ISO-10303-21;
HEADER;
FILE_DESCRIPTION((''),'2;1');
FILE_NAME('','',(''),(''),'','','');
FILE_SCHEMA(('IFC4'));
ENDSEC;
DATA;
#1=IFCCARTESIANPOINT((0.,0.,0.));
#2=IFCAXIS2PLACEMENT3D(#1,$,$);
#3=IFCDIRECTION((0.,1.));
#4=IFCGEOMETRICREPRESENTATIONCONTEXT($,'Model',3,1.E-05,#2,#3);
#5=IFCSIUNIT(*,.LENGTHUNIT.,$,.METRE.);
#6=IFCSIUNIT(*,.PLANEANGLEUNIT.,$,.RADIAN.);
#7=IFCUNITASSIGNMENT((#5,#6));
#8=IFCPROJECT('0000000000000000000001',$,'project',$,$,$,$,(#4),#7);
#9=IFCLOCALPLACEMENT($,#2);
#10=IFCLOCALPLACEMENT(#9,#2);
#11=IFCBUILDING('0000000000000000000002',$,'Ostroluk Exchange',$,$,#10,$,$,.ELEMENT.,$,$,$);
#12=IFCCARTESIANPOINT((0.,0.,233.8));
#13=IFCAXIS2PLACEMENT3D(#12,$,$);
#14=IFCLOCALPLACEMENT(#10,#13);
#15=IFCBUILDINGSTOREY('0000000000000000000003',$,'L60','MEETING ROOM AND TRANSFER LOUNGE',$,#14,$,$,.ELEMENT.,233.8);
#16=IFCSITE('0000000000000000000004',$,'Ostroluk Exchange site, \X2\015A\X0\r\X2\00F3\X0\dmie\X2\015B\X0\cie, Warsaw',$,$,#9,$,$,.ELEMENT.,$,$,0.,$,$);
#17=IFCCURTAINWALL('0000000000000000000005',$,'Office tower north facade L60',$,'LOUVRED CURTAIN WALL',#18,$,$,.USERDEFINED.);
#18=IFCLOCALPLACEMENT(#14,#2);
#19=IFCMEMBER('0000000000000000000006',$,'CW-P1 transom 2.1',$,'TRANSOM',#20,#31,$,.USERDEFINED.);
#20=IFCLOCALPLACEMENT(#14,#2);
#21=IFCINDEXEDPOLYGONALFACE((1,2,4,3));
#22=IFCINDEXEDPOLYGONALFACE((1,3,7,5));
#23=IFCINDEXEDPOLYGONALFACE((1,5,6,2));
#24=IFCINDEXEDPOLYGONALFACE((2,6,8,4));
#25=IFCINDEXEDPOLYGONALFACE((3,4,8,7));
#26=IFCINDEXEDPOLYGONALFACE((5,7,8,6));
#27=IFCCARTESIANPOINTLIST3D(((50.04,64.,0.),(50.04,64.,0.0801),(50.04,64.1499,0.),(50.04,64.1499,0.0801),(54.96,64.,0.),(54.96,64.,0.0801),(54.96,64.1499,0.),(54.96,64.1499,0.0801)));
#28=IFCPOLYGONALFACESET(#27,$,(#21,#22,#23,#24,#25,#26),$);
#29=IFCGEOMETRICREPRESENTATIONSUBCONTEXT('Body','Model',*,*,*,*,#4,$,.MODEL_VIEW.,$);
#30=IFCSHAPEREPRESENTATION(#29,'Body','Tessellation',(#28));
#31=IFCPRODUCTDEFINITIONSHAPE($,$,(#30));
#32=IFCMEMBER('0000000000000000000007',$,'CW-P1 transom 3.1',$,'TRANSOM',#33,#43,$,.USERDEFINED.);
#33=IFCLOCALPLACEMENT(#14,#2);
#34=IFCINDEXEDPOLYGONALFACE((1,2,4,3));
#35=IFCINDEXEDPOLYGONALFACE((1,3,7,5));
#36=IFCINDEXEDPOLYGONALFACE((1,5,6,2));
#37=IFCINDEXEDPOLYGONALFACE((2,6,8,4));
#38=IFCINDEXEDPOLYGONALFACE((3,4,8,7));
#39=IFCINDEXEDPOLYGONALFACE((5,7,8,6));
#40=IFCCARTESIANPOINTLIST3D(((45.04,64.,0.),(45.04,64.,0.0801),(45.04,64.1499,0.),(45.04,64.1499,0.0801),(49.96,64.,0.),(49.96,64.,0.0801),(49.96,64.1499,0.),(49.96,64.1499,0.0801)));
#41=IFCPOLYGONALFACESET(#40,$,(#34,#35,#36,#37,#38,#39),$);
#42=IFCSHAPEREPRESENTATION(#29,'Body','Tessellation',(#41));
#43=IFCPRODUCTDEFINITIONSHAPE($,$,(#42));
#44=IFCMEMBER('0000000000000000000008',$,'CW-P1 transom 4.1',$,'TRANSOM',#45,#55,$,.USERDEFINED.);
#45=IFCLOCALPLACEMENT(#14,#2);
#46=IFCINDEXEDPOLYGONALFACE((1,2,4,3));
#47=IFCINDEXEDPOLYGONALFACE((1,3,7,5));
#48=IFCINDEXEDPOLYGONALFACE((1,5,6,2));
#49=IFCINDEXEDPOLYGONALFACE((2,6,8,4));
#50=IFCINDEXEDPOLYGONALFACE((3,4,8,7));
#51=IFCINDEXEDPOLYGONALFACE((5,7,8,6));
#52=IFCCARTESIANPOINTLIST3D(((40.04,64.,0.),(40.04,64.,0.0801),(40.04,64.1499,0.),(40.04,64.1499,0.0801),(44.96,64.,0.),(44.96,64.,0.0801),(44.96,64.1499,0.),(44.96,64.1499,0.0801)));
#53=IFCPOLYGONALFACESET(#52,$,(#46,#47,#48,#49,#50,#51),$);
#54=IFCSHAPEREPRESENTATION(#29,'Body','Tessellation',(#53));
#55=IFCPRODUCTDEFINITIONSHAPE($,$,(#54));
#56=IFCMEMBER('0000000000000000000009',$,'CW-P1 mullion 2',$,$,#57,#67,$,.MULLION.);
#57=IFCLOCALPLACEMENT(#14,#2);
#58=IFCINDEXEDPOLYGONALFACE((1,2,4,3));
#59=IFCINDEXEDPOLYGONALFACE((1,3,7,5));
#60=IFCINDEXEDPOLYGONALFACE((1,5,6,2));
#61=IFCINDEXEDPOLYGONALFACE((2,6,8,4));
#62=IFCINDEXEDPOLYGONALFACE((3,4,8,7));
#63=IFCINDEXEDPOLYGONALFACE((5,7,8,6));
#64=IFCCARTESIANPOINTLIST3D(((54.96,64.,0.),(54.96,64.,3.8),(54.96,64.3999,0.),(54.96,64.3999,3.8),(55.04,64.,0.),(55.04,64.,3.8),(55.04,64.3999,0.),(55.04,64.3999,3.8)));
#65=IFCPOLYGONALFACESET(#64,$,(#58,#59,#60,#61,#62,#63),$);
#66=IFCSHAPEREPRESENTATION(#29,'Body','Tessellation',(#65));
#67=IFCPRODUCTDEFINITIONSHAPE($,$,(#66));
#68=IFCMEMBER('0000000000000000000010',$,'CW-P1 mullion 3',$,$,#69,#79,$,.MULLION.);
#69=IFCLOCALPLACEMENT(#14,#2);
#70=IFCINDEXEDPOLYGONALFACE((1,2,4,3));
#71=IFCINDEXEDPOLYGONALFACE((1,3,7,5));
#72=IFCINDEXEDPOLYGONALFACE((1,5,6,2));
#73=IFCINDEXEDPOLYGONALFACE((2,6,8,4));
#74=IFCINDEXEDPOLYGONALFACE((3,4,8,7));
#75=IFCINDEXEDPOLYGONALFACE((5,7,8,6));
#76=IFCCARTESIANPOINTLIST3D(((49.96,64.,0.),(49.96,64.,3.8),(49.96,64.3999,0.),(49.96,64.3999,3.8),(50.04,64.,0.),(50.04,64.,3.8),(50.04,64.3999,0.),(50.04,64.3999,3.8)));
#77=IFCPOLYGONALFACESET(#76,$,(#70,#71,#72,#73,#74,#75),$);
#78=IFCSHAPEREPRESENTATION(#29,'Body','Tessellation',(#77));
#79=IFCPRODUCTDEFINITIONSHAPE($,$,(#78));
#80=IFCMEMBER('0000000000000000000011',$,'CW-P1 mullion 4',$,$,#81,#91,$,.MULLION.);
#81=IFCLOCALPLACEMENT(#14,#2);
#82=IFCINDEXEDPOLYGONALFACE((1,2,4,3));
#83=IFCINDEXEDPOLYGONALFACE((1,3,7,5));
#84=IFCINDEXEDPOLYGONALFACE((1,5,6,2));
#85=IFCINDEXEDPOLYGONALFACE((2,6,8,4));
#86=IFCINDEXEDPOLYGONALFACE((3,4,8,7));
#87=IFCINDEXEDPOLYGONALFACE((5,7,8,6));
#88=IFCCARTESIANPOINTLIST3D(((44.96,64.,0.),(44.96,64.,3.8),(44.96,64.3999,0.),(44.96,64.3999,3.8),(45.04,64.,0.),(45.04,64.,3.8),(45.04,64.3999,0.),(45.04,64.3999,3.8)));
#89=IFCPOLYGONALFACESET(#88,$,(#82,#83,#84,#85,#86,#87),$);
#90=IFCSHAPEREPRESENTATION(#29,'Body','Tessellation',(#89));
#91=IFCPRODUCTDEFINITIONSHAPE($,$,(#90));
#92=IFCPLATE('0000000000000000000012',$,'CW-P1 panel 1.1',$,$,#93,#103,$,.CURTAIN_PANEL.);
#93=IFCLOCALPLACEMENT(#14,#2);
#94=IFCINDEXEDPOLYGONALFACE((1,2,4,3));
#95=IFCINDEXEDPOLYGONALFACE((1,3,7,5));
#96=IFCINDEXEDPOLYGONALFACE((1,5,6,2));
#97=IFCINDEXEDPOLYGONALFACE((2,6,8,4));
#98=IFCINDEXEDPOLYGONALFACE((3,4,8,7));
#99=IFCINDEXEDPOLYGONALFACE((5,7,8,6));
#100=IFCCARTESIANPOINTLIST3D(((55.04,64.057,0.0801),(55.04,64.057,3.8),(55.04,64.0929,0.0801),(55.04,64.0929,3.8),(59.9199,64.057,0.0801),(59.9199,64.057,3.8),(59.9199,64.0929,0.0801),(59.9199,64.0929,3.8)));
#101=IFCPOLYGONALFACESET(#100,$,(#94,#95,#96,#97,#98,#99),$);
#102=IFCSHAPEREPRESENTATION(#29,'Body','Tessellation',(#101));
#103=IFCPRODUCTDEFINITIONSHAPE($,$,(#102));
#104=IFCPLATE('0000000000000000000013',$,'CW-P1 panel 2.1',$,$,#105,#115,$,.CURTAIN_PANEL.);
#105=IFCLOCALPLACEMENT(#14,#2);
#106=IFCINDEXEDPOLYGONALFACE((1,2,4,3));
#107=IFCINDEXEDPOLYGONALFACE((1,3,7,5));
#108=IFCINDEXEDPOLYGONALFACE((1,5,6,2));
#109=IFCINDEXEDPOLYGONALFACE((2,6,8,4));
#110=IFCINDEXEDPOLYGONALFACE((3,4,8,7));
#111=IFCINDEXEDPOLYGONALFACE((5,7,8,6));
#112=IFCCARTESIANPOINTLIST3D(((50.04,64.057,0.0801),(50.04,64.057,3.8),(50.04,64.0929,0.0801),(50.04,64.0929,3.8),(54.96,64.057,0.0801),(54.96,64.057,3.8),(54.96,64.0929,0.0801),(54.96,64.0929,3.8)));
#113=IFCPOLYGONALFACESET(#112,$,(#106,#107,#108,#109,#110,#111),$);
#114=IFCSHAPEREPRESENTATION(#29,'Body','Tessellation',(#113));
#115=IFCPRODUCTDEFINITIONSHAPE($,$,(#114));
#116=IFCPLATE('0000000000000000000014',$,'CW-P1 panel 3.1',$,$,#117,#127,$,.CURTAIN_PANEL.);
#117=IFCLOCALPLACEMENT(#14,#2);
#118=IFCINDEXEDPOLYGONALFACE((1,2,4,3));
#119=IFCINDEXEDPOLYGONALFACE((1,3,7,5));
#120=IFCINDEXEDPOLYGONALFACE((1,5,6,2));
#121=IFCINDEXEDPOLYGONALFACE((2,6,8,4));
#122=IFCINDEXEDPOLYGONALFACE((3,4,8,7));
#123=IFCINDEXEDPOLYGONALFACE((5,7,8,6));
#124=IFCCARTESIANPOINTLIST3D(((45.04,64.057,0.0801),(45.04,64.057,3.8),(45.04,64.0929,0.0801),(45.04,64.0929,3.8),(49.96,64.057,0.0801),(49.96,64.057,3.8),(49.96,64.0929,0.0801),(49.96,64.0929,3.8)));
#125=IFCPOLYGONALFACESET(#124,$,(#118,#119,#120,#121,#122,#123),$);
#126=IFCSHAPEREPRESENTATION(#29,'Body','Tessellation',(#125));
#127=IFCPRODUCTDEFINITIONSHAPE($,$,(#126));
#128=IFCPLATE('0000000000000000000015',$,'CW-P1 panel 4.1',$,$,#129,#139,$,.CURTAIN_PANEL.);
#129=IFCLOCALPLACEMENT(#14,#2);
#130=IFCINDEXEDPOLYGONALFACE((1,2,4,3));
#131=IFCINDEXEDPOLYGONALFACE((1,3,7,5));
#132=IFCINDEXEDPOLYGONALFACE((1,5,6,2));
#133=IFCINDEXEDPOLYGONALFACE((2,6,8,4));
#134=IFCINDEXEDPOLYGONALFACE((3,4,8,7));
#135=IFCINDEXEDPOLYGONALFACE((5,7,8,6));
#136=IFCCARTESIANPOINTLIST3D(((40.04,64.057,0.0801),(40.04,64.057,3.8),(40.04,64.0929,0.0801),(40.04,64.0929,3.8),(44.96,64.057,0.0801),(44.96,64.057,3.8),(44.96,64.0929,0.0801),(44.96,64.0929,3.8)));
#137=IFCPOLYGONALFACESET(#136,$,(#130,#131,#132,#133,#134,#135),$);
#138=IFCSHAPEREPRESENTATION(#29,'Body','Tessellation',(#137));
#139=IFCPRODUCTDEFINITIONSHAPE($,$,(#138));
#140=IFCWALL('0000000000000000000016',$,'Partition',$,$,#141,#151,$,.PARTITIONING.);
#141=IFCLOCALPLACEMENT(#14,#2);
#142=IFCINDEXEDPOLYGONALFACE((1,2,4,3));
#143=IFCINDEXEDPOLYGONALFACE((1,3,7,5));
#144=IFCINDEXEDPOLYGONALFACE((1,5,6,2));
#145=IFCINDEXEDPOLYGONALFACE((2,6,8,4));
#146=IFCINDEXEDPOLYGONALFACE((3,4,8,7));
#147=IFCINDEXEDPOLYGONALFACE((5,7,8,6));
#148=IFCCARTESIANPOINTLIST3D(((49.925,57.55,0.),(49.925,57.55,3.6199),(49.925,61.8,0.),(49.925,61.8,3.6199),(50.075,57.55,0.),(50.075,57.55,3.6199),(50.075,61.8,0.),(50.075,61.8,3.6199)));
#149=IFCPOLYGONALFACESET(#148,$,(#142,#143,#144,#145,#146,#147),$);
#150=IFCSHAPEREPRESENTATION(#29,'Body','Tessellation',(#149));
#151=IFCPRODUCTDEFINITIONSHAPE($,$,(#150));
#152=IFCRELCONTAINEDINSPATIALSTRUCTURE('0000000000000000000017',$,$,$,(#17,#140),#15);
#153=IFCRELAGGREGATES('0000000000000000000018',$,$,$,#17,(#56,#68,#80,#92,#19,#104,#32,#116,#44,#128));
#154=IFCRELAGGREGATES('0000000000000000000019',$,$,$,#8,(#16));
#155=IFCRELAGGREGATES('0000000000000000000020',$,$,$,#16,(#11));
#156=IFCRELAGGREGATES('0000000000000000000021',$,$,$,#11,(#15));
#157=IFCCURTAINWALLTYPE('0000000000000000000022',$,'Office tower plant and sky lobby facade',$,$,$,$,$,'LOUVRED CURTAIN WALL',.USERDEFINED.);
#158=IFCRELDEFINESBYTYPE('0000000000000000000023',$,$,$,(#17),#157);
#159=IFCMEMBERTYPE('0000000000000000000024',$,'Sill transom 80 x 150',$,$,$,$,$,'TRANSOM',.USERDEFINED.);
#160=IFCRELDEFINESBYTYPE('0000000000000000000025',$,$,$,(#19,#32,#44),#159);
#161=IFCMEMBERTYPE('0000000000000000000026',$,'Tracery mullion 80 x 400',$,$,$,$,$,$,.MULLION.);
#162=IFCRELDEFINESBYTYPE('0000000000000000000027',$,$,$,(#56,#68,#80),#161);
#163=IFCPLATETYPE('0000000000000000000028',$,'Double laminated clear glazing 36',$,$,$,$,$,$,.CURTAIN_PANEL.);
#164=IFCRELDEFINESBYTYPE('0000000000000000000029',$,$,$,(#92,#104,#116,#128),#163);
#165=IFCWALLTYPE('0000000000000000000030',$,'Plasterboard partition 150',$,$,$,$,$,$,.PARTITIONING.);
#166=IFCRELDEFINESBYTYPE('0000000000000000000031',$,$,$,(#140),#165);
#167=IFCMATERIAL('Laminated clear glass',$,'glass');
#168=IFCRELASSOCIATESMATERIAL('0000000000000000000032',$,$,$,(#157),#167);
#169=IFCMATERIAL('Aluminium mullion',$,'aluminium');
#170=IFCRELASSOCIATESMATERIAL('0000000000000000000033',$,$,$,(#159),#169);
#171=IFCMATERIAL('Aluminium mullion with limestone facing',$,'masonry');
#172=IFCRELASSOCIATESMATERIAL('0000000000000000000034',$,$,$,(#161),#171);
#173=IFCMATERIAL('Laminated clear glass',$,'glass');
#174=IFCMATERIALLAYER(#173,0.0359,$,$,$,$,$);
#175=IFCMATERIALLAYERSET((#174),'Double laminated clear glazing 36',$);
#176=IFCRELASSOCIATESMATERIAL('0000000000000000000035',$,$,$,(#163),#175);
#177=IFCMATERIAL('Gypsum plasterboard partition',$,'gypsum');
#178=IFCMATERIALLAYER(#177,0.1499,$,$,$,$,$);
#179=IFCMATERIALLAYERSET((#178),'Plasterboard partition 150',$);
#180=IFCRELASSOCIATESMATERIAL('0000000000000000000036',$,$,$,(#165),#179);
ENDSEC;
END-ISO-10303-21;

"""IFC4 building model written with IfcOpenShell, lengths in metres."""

from ifc_helpers import new_model, si_unit, direction, frame, frame_2d, origin, origin_2d, place, context, subcontext, project, spatial, rectangle, extrude, material, layer, layer_set, material_profile, profile_set, type_object, element, aggregate, save


model = new_model("IFC4")

# Units and contexts
model_context = context("Model", 3, precision=1e-05, world=origin(), true_north=direction((0.0, 1.0)))
body_context = subcontext(model_context, "Body", "Model", "MODEL_VIEW")
ifc_project = project(units=[si_unit("LENGTHUNIT", "METRE"), si_unit("PLANEANGLEUNIT", "RADIAN")], contexts=[model_context])

# Site, building, storey
site_placement = place(None, origin())
site = spatial("IfcSite", under=ifc_project, at=site_placement, Name="Ostroluk Exchange site, Śródmieście, Warsaw", CompositionType="ELEMENT", RefElevation=0.0)
building_placement = place(site_placement, origin())
building = spatial("IfcBuilding", under=site, at=building_placement, Name="Ostroluk Exchange", CompositionType="ELEMENT")
storey_placement = place(building_placement, frame((0.0, 0.0, 233.8)))
storey = spatial("IfcBuildingStorey", under=building, at=storey_placement, Name="L60", Description="MEETING ROOM AND TRANSFER LOUNGE", CompositionType="ELEMENT", Elevation=233.8)

# Curtain wall, members, plates
ifc_material_1 = material(Name="Laminated clear glass", Category="glass")
curtain_wall_type = type_object("IfcCurtainWallType", Name="Office tower plant and sky lobby facade", ElementType="LOUVRED CURTAIN WALL", PredefinedType="USERDEFINED", material=ifc_material_1)
curtain_wall_placement = place(storey_placement, origin())
curtain_wall = element("IfcCurtainWall", 1, at=curtain_wall_placement, inside=storey, type_object=curtain_wall_type, Name="Office tower north facade L60", ObjectType="LOUVRED CURTAIN WALL", PredefinedType="USERDEFINED")
ifc_material_2 = material(Name="Aluminium mullion", Category="aluminium")
ifc_material_profile_1 = material_profile(ifc_material_2, rectangle(XDim=0.1499, YDim=0.0801, at=origin_2d()), Name="Sill transom 80 x 150")
ifc_profile_set_1 = profile_set([ifc_material_profile_1], Name="Aluminium mullion")
member_type_1 = type_object("IfcMemberType", Name="Sill transom 80 x 150", ElementType="TRANSOM", PredefinedType="USERDEFINED", material=ifc_profile_set_1)
member_1_placement = place(storey_placement, frame((54.96, 64.075, 0.04), z_axis=(-1.0, 0.0, 0.0), x_axis=(0.0, -1.0, 0.0)))
member_1 = element("IfcMember", 2, at=member_1_placement, type_object=member_type_1, Name="CW-P1 transom 2.1", ObjectType="TRANSOM", PredefinedType="USERDEFINED", context=body_context, shape_type="SweptSolid", body=[
    extrude(rectangle(XDim=0.1499, YDim=0.0801, at=origin_2d()), origin(), (0.0, 0.0, 1.0), 4.9199),
])
member_2_placement = place(storey_placement, frame((49.96, 64.075, 0.04), z_axis=(-1.0, 0.0, 0.0), x_axis=(0.0, -1.0, 0.0)))
member_2 = element("IfcMember", 3, at=member_2_placement, type_object=member_type_1, Name="CW-P1 transom 3.1", ObjectType="TRANSOM", PredefinedType="USERDEFINED", context=body_context, shape_type="SweptSolid", body=[
    extrude(rectangle(XDim=0.1499, YDim=0.0801, at=origin_2d()), origin(), (0.0, 0.0, 1.0), 4.9199),
])
member_3_placement = place(storey_placement, frame((44.96, 64.075, 0.04), z_axis=(-1.0, 0.0, 0.0), x_axis=(0.0, -1.0, 0.0)))
member_3 = element("IfcMember", 4, at=member_3_placement, type_object=member_type_1, Name="CW-P1 transom 4.1", ObjectType="TRANSOM", PredefinedType="USERDEFINED", context=body_context, shape_type="SweptSolid", body=[
    extrude(rectangle(XDim=0.1499, YDim=0.0801, at=origin_2d()), origin(), (0.0, 0.0, 1.0), 4.9199),
])
ifc_material_3 = material(Name="Aluminium mullion with limestone facing", Category="masonry")
ifc_material_profile_2 = material_profile(ifc_material_3, rectangle(XDim=0.3999, YDim=0.0801, at=origin_2d()), Name="Tracery mullion 80 x 400")
ifc_profile_set_2 = profile_set([ifc_material_profile_2], Name="Aluminium mullion with limestone facing")
member_type_2 = type_object("IfcMemberType", Name="Tracery mullion 80 x 400", PredefinedType="MULLION", material=ifc_profile_set_2)
member_4_placement = place(storey_placement, frame((55.0, 64.2, 0.0), z_axis=(0.0, 0.0, 1.0), x_axis=(0.0, -1.0, 0.0)))
member_4 = element("IfcMember", 5, at=member_4_placement, type_object=member_type_2, Name="CW-P1 mullion 2", PredefinedType="MULLION", context=body_context, shape_type="SweptSolid", body=[
    extrude(rectangle(XDim=0.3999, YDim=0.0801, at=origin_2d()), origin(), (0.0, 0.0, 1.0), 3.8),
])
member_5_placement = place(storey_placement, frame((50.0, 64.2, 0.0), z_axis=(0.0, 0.0, 1.0), x_axis=(0.0, -1.0, 0.0)))
member_5 = element("IfcMember", 6, at=member_5_placement, type_object=member_type_2, Name="CW-P1 mullion 3", PredefinedType="MULLION", context=body_context, shape_type="SweptSolid", body=[
    extrude(rectangle(XDim=0.3999, YDim=0.0801, at=origin_2d()), origin(), (0.0, 0.0, 1.0), 3.8),
])
member_6_placement = place(storey_placement, frame((45.0, 64.2, 0.0), z_axis=(0.0, 0.0, 1.0), x_axis=(0.0, -1.0, 0.0)))
member_6 = element("IfcMember", 7, at=member_6_placement, type_object=member_type_2, Name="CW-P1 mullion 4", PredefinedType="MULLION", context=body_context, shape_type="SweptSolid", body=[
    extrude(rectangle(XDim=0.3999, YDim=0.0801, at=origin_2d()), origin(), (0.0, 0.0, 1.0), 3.8),
])
ifc_material_4 = material(Name="Laminated clear glass", Category="glass")
ifc_layer_1 = layer(ifc_material_4, 0.0359)
ifc_layer_set_1 = layer_set([ifc_layer_1], Name="Double laminated clear glazing 36")
plate_type = type_object("IfcPlateType", Name="Double laminated clear glazing 36", PredefinedType="CURTAIN_PANEL", material=ifc_layer_set_1)
plate_1_placement = place(storey_placement, frame((57.48, 64.075, 0.0801), z_axis=(0.0, 0.0, 1.0), x_axis=(-1.0, 0.0, 0.0)))
plate_1 = element("IfcPlate", 8, at=plate_1_placement, type_object=plate_type, Name="CW-P1 panel 1.1", PredefinedType="CURTAIN_PANEL", context=body_context, shape_type="SweptSolid", body=[
    extrude(rectangle(XDim=4.8799, YDim=0.0359, at=origin_2d()), origin(), (0.0, 0.0, 1.0), 3.72),
])
plate_2_placement = place(storey_placement, frame((52.5, 64.075, 0.0801), z_axis=(0.0, 0.0, 1.0), x_axis=(-1.0, 0.0, 0.0)))
plate_2 = element("IfcPlate", 9, at=plate_2_placement, type_object=plate_type, Name="CW-P1 panel 2.1", PredefinedType="CURTAIN_PANEL", context=body_context, shape_type="SweptSolid", body=[
    extrude(rectangle(XDim=4.9199, YDim=0.0359, at=origin_2d()), origin(), (0.0, 0.0, 1.0), 3.72),
])
plate_3_placement = place(storey_placement, frame((47.5, 64.075, 0.0801), z_axis=(0.0, 0.0, 1.0), x_axis=(-1.0, 0.0, 0.0)))
plate_3 = element("IfcPlate", 10, at=plate_3_placement, type_object=plate_type, Name="CW-P1 panel 3.1", PredefinedType="CURTAIN_PANEL", context=body_context, shape_type="SweptSolid", body=[
    extrude(rectangle(XDim=4.9199, YDim=0.0359, at=origin_2d()), origin(), (0.0, 0.0, 1.0), 3.72),
])
plate_4_placement = place(storey_placement, frame((42.5, 64.075, 0.0801), z_axis=(0.0, 0.0, 1.0), x_axis=(-1.0, 0.0, 0.0)))
plate_4 = element("IfcPlate", 11, at=plate_4_placement, type_object=plate_type, Name="CW-P1 panel 4.1", PredefinedType="CURTAIN_PANEL", context=body_context, shape_type="SweptSolid", body=[
    extrude(rectangle(XDim=4.9199, YDim=0.0359, at=origin_2d()), origin(), (0.0, 0.0, 1.0), 3.72),
])
aggregate(curtain_wall, [member_4, member_5, member_6, plate_1, member_1, plate_2, member_2, plate_3, member_3, plate_4])

# Wall
ifc_material_5 = material(Name="Gypsum plasterboard partition", Category="gypsum")
ifc_layer_2 = layer(ifc_material_5, 0.1499)
ifc_layer_set_2 = layer_set([ifc_layer_2], Name="Plasterboard partition 150")
wall_type = type_object("IfcWallType", Name="Plasterboard partition 150", PredefinedType="PARTITIONING", material=ifc_layer_set_2)
wall_1_placement = place(storey_placement, frame((50.0, 57.55, 0.0), z_axis=(0.0, 0.0, 1.0), x_axis=(0.0, 1.0, 0.0)))
element("IfcWall", 12, at=wall_1_placement, inside=storey, type_object=wall_type, Name="Partition", PredefinedType="PARTITIONING", context=body_context, shape_type="SweptSolid", body=[
    extrude(rectangle(XDim=4.25, YDim=0.1499, at=frame_2d((2.125, 0.0))), origin(), (0.0, 0.0, 1.0), 3.6199),
])

save(model, "model.ifc")
